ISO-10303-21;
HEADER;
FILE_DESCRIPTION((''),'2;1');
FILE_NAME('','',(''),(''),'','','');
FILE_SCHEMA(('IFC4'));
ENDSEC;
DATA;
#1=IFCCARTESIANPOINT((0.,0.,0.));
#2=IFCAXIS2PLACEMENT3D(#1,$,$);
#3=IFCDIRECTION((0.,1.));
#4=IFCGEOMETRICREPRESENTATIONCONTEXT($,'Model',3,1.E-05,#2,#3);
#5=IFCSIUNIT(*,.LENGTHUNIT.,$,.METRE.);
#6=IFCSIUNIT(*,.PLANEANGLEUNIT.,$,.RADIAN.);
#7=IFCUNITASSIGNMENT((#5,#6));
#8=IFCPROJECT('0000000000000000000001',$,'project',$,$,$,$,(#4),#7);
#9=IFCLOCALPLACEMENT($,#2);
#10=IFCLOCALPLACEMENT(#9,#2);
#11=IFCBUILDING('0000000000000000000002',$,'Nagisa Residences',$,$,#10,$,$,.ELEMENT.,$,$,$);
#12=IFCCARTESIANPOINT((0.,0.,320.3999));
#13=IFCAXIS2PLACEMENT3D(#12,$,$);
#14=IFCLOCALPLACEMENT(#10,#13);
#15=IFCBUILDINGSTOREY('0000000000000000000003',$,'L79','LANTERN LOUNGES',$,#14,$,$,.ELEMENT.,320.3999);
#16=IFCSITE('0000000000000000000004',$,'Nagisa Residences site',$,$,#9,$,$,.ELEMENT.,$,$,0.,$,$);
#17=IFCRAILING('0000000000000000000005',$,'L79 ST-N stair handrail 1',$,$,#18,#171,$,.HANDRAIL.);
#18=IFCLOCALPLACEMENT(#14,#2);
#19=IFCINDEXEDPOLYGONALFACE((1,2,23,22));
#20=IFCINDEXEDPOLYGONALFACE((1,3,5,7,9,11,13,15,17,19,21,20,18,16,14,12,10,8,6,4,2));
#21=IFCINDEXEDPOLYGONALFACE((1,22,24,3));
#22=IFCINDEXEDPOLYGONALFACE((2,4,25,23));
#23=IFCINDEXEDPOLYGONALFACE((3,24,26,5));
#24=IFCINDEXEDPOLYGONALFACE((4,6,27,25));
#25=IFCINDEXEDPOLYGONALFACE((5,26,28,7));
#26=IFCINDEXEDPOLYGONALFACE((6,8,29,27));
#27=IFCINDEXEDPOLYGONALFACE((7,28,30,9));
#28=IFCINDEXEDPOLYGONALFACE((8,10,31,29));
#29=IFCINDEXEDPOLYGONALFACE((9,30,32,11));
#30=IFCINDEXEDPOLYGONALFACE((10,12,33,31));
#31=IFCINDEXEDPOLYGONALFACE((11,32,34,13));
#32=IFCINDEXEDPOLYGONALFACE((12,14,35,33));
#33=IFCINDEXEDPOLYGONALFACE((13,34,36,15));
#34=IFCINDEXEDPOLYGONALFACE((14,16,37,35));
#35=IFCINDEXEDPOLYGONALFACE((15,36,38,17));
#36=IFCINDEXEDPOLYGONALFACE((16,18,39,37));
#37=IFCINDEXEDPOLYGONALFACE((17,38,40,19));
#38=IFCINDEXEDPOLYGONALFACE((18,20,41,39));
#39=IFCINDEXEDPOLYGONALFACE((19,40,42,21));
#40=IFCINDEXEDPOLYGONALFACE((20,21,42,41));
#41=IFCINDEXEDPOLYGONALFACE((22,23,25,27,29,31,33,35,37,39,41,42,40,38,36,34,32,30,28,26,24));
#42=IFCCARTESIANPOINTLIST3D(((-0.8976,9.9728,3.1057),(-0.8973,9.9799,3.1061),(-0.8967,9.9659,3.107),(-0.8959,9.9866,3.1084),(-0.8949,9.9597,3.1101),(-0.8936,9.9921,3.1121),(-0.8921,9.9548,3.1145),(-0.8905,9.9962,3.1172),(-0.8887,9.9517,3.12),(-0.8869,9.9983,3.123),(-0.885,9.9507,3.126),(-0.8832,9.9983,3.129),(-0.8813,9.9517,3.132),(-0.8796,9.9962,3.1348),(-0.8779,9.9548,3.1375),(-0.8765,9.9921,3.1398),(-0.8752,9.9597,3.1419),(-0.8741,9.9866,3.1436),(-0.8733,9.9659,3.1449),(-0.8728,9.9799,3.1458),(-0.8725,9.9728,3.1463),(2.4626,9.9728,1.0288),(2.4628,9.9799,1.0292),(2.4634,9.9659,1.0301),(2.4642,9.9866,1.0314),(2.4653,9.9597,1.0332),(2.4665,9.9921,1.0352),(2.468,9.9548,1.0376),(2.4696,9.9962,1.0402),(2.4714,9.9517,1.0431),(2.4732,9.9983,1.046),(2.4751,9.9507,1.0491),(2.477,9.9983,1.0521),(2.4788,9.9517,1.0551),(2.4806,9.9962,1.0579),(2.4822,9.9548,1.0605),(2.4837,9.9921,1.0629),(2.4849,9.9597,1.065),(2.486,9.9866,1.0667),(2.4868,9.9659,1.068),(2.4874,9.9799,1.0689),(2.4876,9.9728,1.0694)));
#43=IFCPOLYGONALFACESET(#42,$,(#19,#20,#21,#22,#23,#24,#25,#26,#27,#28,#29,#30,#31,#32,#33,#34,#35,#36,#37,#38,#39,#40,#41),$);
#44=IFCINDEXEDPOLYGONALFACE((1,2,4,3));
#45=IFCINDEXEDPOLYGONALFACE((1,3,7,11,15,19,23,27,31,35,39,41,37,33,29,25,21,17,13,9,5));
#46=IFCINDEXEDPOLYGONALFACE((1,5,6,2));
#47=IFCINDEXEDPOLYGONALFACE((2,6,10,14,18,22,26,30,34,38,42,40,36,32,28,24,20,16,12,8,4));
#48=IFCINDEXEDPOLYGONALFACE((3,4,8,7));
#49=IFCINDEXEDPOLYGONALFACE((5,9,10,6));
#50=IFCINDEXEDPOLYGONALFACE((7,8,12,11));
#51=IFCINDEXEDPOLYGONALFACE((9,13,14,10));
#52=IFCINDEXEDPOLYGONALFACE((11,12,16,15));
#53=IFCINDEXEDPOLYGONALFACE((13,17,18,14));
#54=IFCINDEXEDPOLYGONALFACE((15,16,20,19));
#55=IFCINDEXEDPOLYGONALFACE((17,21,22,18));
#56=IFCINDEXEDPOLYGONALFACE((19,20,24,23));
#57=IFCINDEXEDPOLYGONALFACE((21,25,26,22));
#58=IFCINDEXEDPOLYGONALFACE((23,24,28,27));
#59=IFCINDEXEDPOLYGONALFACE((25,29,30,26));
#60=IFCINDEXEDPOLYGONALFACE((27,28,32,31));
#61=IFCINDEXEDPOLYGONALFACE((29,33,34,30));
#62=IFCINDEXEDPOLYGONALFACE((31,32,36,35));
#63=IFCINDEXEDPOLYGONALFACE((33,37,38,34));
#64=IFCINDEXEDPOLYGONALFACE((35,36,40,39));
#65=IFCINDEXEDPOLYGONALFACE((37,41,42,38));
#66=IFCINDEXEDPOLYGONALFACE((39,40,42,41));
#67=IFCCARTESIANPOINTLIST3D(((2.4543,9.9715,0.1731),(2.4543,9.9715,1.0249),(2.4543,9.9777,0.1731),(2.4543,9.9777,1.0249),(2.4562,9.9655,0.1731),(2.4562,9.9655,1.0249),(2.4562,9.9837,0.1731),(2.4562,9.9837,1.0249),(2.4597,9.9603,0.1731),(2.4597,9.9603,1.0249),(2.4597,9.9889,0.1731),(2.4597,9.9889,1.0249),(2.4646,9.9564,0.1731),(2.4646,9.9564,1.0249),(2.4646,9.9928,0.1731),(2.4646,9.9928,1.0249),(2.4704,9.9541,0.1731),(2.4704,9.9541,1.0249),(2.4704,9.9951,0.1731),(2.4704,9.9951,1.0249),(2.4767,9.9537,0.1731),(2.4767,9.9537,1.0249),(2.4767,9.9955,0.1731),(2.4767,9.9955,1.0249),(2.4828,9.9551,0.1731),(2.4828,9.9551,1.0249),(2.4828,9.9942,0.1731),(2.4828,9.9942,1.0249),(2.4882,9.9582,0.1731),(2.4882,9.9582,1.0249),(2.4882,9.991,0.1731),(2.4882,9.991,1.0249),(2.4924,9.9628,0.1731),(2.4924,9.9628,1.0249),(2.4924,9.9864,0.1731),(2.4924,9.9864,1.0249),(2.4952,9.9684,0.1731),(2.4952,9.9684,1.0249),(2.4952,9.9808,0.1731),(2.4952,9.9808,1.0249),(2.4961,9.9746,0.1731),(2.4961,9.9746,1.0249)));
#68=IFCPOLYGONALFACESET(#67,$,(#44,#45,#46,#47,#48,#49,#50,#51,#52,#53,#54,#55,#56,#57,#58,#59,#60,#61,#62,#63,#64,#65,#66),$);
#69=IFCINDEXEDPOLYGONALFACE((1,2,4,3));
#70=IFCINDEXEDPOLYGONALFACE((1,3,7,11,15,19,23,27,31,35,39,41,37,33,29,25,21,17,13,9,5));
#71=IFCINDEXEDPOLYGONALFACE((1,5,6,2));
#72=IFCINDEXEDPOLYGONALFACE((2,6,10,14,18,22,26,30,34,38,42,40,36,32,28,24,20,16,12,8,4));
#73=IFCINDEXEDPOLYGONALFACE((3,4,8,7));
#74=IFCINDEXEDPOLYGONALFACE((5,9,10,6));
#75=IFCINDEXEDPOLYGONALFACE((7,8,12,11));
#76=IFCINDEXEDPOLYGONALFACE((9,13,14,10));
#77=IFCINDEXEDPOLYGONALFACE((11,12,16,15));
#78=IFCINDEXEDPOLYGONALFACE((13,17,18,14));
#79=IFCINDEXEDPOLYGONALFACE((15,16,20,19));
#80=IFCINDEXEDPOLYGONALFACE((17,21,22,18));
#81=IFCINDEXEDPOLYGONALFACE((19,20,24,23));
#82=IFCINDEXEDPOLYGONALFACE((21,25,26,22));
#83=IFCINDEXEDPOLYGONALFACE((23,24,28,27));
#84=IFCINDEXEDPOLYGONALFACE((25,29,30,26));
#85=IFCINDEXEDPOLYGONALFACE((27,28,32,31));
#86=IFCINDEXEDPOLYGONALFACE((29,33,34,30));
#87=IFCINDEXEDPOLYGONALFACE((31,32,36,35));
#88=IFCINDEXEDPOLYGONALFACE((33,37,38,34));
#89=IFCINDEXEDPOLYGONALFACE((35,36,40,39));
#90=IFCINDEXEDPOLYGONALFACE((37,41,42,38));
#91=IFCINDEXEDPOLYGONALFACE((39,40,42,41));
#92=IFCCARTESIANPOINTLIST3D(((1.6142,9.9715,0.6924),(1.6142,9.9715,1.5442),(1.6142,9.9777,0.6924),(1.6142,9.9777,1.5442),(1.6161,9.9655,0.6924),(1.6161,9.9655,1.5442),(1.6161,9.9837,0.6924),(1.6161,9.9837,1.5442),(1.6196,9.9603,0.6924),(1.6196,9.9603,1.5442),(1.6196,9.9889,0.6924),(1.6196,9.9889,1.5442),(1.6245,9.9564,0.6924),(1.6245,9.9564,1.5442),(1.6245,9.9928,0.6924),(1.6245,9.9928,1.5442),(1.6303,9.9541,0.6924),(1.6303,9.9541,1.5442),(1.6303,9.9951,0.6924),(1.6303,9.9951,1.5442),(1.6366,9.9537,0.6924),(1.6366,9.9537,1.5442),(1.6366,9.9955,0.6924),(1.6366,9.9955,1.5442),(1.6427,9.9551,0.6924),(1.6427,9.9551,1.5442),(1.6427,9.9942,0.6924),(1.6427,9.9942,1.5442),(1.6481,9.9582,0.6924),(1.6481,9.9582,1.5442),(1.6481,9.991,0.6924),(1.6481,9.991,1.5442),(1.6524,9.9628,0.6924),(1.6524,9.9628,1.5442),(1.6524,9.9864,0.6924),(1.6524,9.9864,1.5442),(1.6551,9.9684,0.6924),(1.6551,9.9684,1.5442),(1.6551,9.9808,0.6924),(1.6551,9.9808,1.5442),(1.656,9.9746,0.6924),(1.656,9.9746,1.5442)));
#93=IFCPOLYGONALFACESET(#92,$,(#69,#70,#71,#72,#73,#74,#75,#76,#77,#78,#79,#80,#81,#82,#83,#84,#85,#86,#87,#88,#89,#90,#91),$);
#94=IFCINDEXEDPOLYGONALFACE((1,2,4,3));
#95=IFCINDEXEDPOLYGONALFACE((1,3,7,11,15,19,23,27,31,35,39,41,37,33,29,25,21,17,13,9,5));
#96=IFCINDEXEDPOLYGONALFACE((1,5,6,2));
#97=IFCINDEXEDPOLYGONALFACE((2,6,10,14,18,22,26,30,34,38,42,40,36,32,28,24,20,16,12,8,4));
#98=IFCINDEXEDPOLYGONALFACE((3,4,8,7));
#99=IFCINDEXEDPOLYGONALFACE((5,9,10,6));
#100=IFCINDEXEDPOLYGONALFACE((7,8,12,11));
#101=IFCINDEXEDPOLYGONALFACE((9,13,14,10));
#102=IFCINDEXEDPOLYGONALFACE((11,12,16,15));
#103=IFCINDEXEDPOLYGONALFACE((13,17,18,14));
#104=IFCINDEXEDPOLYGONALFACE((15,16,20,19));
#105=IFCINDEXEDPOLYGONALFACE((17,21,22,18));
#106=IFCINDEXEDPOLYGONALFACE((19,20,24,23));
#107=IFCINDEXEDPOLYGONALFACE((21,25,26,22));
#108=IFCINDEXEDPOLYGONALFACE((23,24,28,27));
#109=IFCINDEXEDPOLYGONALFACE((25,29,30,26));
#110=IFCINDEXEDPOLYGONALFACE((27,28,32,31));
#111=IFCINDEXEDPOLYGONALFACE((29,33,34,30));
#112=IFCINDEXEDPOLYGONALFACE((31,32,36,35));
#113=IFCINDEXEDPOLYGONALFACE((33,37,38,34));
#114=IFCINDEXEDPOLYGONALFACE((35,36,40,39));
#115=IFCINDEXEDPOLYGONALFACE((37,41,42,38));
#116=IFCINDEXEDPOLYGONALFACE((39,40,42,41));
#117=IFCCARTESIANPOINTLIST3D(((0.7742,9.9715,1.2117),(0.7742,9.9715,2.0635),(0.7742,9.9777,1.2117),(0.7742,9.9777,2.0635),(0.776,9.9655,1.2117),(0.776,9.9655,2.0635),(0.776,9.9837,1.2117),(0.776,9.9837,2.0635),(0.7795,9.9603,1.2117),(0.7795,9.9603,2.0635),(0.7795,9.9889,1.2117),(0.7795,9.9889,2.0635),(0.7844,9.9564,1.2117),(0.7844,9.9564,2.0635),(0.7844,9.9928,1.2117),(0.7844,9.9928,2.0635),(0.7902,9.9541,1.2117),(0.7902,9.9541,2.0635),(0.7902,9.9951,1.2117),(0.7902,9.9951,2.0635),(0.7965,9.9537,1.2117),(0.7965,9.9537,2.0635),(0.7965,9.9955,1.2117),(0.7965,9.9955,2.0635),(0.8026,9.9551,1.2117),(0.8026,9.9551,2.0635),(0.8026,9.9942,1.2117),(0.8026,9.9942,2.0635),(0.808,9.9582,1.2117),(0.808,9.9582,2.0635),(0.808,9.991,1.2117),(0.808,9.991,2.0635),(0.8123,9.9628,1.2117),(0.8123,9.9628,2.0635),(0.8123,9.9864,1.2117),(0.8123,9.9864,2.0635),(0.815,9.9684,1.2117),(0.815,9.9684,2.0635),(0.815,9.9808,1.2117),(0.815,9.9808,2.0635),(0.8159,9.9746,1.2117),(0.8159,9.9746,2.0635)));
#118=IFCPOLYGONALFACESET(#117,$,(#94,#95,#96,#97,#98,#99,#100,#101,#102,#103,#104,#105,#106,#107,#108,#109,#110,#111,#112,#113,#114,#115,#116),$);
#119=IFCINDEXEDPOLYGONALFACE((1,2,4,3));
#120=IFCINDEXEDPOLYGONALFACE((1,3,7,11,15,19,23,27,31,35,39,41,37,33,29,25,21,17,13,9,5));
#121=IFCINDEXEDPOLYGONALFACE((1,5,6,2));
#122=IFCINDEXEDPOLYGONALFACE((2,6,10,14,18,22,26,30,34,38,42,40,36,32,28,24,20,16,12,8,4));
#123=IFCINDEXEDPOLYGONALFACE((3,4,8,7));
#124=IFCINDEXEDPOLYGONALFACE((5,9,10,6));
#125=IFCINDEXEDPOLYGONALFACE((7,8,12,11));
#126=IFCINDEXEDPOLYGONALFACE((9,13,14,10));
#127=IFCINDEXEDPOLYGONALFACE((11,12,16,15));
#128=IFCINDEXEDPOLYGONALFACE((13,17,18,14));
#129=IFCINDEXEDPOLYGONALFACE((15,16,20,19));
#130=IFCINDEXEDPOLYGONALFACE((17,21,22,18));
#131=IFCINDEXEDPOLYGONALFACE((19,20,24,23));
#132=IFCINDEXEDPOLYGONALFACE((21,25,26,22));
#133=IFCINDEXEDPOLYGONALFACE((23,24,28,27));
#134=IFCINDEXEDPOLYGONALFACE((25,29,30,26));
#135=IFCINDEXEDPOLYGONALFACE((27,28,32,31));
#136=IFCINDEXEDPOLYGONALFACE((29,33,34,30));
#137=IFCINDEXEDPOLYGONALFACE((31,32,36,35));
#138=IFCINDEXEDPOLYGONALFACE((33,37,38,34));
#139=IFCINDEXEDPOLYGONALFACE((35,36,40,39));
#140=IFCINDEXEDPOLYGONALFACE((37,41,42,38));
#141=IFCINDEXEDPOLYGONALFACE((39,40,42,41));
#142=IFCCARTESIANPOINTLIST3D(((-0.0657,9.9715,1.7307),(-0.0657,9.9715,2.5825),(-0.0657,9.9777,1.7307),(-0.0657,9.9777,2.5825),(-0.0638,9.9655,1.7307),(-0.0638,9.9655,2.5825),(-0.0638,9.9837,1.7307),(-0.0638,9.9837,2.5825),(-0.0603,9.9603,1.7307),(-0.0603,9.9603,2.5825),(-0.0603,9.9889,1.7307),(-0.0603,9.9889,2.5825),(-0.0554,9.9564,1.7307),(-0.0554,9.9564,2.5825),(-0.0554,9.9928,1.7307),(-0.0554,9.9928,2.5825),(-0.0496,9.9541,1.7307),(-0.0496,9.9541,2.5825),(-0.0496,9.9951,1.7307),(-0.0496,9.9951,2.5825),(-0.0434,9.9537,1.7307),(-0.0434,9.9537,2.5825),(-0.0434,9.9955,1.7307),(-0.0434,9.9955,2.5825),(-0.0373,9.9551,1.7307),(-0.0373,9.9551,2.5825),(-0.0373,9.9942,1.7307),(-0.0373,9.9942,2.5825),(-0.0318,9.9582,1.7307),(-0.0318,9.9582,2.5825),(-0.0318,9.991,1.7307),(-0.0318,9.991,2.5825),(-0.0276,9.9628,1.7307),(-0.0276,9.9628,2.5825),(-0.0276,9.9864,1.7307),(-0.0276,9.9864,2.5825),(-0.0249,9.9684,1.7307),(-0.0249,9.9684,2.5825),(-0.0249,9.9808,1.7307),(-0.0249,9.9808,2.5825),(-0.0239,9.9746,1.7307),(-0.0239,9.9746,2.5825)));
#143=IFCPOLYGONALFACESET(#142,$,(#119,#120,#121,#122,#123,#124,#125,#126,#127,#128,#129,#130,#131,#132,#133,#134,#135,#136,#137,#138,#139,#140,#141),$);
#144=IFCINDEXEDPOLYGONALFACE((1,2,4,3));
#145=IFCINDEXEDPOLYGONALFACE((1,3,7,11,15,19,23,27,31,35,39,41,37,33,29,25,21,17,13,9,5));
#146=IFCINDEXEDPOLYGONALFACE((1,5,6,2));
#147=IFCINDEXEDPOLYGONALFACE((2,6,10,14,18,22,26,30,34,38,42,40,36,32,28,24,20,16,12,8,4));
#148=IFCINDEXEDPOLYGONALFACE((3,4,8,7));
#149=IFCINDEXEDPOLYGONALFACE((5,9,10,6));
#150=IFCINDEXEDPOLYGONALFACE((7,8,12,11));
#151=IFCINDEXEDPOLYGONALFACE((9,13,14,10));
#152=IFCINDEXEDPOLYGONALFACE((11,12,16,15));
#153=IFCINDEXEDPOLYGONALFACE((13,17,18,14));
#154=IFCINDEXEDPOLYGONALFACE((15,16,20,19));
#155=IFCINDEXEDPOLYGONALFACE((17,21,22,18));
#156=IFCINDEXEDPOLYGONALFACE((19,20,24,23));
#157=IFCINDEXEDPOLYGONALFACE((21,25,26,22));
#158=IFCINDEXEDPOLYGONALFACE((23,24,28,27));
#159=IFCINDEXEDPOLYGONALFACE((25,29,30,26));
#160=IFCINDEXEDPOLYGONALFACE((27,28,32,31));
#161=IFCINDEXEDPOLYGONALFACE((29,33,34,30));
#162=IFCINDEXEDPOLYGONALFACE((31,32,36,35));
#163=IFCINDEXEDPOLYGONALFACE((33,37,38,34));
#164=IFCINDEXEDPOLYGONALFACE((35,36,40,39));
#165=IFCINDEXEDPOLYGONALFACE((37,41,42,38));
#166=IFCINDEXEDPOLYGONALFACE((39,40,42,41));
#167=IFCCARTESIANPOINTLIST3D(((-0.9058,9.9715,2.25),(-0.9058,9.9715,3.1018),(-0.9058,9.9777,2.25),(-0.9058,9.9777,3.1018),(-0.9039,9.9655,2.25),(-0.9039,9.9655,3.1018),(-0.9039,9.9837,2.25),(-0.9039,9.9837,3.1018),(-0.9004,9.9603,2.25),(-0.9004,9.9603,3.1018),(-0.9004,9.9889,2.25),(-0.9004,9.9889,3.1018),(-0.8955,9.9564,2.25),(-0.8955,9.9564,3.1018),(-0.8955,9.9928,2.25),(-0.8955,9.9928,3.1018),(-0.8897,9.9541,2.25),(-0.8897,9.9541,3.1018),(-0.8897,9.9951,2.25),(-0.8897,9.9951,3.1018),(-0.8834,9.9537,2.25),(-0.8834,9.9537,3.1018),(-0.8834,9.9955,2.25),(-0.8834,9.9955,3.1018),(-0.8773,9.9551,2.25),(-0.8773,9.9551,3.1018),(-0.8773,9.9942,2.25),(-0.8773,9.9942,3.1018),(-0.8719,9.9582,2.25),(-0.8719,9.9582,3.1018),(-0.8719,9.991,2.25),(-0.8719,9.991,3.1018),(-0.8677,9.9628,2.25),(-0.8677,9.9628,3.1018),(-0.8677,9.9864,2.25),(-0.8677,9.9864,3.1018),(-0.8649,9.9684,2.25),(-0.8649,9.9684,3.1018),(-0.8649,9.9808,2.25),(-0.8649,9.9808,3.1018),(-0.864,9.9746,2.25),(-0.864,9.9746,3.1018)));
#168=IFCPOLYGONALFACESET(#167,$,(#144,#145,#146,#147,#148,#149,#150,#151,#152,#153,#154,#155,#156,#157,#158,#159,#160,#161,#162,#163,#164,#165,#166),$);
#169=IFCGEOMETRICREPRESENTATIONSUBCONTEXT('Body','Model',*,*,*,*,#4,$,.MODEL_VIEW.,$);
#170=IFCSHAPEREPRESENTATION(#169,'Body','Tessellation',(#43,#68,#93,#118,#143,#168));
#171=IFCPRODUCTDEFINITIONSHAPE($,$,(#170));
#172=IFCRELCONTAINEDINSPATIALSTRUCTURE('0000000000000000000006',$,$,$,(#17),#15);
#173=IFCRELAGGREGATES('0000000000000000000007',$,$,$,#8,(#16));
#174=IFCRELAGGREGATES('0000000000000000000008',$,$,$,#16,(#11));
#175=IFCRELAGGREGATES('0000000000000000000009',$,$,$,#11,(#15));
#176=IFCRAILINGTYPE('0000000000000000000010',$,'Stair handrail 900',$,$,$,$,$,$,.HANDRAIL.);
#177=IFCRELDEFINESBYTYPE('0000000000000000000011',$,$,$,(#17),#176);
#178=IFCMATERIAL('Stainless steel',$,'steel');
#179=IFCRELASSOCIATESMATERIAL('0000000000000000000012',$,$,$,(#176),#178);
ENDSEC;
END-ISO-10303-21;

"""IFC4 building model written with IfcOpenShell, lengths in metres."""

from ifc_helpers import new_model, si_unit, direction, frame, origin, origin_2d, place, context, subcontext, project, spatial, circle, extrude, material, type_object, element, save


model = new_model("IFC4")

# Units and contexts
model_context = context("Model", 3, precision=1e-05, world=origin(), true_north=direction((0.0, 1.0)))
body_context = subcontext(model_context, "Body", "Model", "MODEL_VIEW")
ifc_project = project(units=[si_unit("LENGTHUNIT", "METRE"), si_unit("PLANEANGLEUNIT", "RADIAN")], contexts=[model_context])

# Site, building, storey
site_placement = place(None, origin())
site = spatial("IfcSite", under=ifc_project, at=site_placement, Name="Nagisa Residences site", CompositionType="ELEMENT", RefElevation=0.0)
building_placement = place(site_placement, origin())
building = spatial("IfcBuilding", under=site, at=building_placement, Name="Nagisa Residences", CompositionType="ELEMENT")
storey_placement = place(building_placement, frame((0.0, 0.0, 320.3999)))
storey = spatial("IfcBuildingStorey", under=building, at=storey_placement, Name="L79", Description="LANTERN LOUNGES", CompositionType="ELEMENT", Elevation=320.3999)

# Railing
ifc_material_1 = material(Name="Stainless steel", Category="steel")
railing_type_1 = type_object("IfcRailingType", Name="Stair handrail 900", PredefinedType="HANDRAIL", material=ifc_material_1)
railing_1_placement = place(storey_placement, frame((2.4751, 9.9746, 0.1731)))
element("IfcRailing", 1, at=railing_1_placement, inside=storey, type_object=railing_type_1, Name="L79 ST-N stair handrail 1", PredefinedType="HANDRAIL", context=body_context, shape_type="SweptSolid", body=[
    extrude(circle(Radius=0.0239, at=origin_2d()), frame((0.0, 0.0, 0.876), z_axis=(-0.850623, 0.0, 0.525776), x_axis=(0.0, -1.0, 0.0)), (0.0, 0.0, 1.0), 3.9502),
    extrude(circle(Radius=0.021, at=origin_2d()), origin(), (0.0, 0.0, 1.0), 0.8518),
    extrude(circle(Radius=0.021, at=origin_2d()), frame((-0.8401, 0.0, 0.5193)), (0.0, 0.0, 1.0), 0.8518),
    extrude(circle(Radius=0.021, at=origin_2d()), frame((-1.6802, 0.0, 1.0386)), (0.0, 0.0, 1.0), 0.8518),
    extrude(circle(Radius=0.021, at=origin_2d()), frame((-2.52, 0.0, 1.5576)), (0.0, 0.0, 1.0), 0.8518),
    extrude(circle(Radius=0.021, at=origin_2d()), frame((-3.3601, 0.0, 2.0769)), (0.0, 0.0, 1.0), 0.8518),
])

save(model, "model.ifc")
